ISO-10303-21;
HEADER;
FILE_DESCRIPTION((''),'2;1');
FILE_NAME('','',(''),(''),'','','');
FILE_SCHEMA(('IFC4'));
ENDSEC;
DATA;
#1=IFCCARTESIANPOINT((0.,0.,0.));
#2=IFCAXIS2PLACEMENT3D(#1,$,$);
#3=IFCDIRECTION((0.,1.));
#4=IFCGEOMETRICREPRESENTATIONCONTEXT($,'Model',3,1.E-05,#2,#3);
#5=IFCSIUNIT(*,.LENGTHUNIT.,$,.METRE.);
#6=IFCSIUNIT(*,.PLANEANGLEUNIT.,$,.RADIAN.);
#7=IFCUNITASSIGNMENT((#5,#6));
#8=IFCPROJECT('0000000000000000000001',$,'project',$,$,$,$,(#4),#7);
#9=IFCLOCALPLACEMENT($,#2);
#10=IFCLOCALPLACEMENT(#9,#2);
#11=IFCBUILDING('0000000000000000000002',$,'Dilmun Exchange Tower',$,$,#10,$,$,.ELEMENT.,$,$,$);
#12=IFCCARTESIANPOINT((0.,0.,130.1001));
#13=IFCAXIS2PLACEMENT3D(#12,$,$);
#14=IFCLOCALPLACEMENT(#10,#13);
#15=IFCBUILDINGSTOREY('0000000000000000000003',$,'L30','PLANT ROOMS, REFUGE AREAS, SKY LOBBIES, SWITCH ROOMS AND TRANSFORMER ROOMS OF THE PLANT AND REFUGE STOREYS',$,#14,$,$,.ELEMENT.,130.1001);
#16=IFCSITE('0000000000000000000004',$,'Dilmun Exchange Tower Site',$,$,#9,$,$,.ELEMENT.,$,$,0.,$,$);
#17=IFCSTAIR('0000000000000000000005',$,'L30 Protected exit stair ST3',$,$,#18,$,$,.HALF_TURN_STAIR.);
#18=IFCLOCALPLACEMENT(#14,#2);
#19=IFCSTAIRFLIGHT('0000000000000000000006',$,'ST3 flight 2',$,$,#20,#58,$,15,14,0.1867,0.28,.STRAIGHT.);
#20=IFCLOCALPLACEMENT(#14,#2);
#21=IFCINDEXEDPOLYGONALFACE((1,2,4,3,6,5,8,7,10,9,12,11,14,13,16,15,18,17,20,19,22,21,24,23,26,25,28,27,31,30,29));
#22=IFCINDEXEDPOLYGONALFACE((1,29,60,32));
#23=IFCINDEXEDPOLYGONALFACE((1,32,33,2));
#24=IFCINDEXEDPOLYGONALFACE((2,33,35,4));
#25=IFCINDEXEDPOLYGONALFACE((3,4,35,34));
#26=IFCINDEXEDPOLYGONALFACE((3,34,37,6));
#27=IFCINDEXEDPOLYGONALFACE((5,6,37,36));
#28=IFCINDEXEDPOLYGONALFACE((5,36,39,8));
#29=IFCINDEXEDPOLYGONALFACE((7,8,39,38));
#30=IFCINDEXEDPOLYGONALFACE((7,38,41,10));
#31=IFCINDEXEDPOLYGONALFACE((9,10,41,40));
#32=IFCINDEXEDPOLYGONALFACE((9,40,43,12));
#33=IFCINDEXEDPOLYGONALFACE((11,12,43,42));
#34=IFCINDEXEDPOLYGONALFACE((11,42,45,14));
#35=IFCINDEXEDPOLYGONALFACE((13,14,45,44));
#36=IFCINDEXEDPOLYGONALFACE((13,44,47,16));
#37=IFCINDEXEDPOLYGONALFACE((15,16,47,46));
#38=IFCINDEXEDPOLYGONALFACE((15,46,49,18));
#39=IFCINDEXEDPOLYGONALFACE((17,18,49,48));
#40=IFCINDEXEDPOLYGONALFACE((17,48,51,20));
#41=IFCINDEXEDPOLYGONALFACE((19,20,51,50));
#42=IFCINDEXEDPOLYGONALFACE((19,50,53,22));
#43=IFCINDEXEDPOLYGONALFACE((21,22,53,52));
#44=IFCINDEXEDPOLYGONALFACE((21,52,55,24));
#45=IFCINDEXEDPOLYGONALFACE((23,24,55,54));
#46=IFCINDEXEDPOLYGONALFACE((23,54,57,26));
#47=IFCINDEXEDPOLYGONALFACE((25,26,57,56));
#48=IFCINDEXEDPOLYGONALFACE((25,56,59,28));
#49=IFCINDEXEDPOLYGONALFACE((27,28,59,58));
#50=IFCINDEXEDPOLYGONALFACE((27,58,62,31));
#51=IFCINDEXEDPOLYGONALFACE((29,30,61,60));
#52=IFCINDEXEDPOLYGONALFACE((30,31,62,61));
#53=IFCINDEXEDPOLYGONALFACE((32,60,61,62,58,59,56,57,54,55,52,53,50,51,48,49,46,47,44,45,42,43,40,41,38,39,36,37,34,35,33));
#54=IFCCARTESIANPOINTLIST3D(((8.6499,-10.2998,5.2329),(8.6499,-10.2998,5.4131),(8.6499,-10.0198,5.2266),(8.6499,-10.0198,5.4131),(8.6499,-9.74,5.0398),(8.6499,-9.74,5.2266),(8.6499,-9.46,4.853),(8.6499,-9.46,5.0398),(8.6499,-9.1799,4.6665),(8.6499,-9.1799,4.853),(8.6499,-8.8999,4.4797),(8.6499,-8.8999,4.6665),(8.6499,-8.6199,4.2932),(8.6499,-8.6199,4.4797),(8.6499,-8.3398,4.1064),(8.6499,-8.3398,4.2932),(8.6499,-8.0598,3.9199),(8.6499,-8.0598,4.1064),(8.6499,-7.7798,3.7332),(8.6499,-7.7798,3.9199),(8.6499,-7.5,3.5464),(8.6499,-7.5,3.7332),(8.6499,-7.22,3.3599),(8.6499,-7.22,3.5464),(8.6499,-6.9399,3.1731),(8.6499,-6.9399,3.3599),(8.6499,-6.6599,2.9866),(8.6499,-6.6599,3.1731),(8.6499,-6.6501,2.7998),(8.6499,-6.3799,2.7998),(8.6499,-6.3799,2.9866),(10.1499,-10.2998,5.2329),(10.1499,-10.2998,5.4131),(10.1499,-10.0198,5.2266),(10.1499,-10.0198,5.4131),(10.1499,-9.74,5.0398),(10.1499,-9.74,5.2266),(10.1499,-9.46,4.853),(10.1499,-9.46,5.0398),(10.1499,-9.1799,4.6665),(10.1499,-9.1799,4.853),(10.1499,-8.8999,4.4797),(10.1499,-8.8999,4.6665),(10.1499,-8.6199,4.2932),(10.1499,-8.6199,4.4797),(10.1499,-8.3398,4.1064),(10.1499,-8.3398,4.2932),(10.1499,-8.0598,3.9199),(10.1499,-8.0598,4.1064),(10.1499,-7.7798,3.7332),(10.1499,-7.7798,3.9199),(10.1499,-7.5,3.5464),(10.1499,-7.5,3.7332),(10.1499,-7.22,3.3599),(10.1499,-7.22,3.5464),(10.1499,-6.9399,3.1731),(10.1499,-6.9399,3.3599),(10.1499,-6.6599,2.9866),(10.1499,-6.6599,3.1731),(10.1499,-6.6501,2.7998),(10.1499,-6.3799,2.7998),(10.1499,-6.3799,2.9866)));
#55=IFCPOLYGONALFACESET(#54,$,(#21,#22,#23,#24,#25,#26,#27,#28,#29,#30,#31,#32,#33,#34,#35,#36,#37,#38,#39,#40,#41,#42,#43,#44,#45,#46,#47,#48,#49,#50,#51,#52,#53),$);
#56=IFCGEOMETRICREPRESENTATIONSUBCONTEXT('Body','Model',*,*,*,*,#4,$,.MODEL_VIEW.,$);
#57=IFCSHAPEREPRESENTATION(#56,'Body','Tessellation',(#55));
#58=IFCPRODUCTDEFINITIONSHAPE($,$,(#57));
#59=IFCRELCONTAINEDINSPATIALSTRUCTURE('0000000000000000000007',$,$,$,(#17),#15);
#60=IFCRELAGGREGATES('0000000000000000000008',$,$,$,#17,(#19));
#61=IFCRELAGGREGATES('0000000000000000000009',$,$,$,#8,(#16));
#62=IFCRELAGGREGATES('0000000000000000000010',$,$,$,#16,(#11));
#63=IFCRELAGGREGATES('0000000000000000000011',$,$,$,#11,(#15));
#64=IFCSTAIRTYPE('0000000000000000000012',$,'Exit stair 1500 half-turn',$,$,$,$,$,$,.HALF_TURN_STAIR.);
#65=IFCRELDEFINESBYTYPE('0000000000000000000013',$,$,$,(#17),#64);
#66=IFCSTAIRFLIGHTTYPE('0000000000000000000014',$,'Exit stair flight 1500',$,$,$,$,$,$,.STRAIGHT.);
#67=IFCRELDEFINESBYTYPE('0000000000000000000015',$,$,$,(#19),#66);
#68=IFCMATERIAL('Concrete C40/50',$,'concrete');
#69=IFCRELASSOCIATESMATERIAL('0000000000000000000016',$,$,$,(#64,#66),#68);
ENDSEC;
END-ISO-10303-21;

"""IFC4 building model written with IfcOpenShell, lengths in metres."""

from ifc_helpers import new_model, si_unit, direction, frame, origin, place, context, subcontext, project, spatial, polyline, outline, extrude, material, type_object, element, aggregate, save


model = new_model("IFC4")

# Units and contexts
model_context = context("Model", 3, precision=1e-05, world=origin(), true_north=direction((0.0, 1.0)))
body_context = subcontext(model_context, "Body", "Model", "MODEL_VIEW")
ifc_project = project(units=[si_unit("LENGTHUNIT", "METRE"), si_unit("PLANEANGLEUNIT", "RADIAN")], contexts=[model_context])

# Site, building, storey
site_placement = place(None, origin())
site = spatial("IfcSite", under=ifc_project, at=site_placement, Name="Dilmun Exchange Tower Site", CompositionType="ELEMENT", RefElevation=0.0)
building_placement = place(site_placement, origin())
building = spatial("IfcBuilding", under=site, at=building_placement, Name="Dilmun Exchange Tower", CompositionType="ELEMENT")
storey_placement = place(building_placement, frame((0.0, 0.0, 130.1001)))
storey = spatial("IfcBuildingStorey", under=building, at=storey_placement, Name="L30", Description="PLANT ROOMS, REFUGE AREAS, SKY LOBBIES, SWITCH ROOMS AND TRANSFORMER ROOMS OF THE PLANT AND REFUGE STOREYS", CompositionType="ELEMENT", Elevation=130.1001)

# Shared definitions
ifc_material_1 = material(Name="Concrete C40/50", Category="concrete")

# Stair, stair flight
stair_type = type_object("IfcStairType", Name="Exit stair 1500 half-turn", PredefinedType="HALF_TURN_STAIR", material=ifc_material_1)
stair_placement = place(storey_placement, origin())
stair = element("IfcStair", 1, at=stair_placement, inside=storey, type_object=stair_type, Name="L30 Protected exit stair ST3", PredefinedType="HALF_TURN_STAIR")
stair_flight_type = type_object("IfcStairFlightType", Name="Exit stair flight 1500", PredefinedType="STRAIGHT", material=ifc_material_1)
stair_flight_1_placement = place(storey_placement, frame((9.3999, -6.3799, 2.7998), z_axis=(0.0, 0.0, 1.0), x_axis=(0.0, -1.0, 0.0)))
stair_flight_1 = element("IfcStairFlight", 2, at=stair_flight_1_placement, type_object=stair_flight_type, Name="ST3 flight 2", NumberOfRisers=15, NumberOfTreads=14, PredefinedType="STRAIGHT", RiserHeight=0.1867, TreadLength=0.28, context=body_context, shape_type="SweptSolid", body=[
    extrude(outline(polyline([(0.0, 0.0), (0.0, 0.1868), (0.28, 0.1868), (0.28, 0.3733), (0.5601, 0.3733), (0.5601, 0.5601), (0.8401, 0.5601), (0.8401, 0.7466), (1.1201, 0.7466), (1.1201, 0.9333), (1.3999, 0.9333), (1.3999, 1.1201), (1.6799, 1.1201), (1.6799, 1.3066), (1.96, 1.3066), (1.96, 1.4934), (2.24, 1.4934), (2.24, 1.6799), (2.52, 1.6799), (2.52, 1.8667), (2.8, 1.8667), (2.8, 2.0532), (3.0801, 2.0532), (3.0801, 2.24), (3.3601, 2.24), (3.3601, 2.4268), (3.6399, 2.4268), (3.6399, 2.6133), (3.9199, 2.6133), (3.9199, 2.8), (3.9199, 2.4331), (0.2703, 0.0), (0.0, 0.0)])), frame((0.0, 0.75, 0.0), z_axis=(0.0, -1.0, 0.0), x_axis=(1.0, 0.0, 0.0)), (0.0, 0.0, 1.0), 1.5),
])
aggregate(stair, [stair_flight_1])

save(model, "model.ifc")
